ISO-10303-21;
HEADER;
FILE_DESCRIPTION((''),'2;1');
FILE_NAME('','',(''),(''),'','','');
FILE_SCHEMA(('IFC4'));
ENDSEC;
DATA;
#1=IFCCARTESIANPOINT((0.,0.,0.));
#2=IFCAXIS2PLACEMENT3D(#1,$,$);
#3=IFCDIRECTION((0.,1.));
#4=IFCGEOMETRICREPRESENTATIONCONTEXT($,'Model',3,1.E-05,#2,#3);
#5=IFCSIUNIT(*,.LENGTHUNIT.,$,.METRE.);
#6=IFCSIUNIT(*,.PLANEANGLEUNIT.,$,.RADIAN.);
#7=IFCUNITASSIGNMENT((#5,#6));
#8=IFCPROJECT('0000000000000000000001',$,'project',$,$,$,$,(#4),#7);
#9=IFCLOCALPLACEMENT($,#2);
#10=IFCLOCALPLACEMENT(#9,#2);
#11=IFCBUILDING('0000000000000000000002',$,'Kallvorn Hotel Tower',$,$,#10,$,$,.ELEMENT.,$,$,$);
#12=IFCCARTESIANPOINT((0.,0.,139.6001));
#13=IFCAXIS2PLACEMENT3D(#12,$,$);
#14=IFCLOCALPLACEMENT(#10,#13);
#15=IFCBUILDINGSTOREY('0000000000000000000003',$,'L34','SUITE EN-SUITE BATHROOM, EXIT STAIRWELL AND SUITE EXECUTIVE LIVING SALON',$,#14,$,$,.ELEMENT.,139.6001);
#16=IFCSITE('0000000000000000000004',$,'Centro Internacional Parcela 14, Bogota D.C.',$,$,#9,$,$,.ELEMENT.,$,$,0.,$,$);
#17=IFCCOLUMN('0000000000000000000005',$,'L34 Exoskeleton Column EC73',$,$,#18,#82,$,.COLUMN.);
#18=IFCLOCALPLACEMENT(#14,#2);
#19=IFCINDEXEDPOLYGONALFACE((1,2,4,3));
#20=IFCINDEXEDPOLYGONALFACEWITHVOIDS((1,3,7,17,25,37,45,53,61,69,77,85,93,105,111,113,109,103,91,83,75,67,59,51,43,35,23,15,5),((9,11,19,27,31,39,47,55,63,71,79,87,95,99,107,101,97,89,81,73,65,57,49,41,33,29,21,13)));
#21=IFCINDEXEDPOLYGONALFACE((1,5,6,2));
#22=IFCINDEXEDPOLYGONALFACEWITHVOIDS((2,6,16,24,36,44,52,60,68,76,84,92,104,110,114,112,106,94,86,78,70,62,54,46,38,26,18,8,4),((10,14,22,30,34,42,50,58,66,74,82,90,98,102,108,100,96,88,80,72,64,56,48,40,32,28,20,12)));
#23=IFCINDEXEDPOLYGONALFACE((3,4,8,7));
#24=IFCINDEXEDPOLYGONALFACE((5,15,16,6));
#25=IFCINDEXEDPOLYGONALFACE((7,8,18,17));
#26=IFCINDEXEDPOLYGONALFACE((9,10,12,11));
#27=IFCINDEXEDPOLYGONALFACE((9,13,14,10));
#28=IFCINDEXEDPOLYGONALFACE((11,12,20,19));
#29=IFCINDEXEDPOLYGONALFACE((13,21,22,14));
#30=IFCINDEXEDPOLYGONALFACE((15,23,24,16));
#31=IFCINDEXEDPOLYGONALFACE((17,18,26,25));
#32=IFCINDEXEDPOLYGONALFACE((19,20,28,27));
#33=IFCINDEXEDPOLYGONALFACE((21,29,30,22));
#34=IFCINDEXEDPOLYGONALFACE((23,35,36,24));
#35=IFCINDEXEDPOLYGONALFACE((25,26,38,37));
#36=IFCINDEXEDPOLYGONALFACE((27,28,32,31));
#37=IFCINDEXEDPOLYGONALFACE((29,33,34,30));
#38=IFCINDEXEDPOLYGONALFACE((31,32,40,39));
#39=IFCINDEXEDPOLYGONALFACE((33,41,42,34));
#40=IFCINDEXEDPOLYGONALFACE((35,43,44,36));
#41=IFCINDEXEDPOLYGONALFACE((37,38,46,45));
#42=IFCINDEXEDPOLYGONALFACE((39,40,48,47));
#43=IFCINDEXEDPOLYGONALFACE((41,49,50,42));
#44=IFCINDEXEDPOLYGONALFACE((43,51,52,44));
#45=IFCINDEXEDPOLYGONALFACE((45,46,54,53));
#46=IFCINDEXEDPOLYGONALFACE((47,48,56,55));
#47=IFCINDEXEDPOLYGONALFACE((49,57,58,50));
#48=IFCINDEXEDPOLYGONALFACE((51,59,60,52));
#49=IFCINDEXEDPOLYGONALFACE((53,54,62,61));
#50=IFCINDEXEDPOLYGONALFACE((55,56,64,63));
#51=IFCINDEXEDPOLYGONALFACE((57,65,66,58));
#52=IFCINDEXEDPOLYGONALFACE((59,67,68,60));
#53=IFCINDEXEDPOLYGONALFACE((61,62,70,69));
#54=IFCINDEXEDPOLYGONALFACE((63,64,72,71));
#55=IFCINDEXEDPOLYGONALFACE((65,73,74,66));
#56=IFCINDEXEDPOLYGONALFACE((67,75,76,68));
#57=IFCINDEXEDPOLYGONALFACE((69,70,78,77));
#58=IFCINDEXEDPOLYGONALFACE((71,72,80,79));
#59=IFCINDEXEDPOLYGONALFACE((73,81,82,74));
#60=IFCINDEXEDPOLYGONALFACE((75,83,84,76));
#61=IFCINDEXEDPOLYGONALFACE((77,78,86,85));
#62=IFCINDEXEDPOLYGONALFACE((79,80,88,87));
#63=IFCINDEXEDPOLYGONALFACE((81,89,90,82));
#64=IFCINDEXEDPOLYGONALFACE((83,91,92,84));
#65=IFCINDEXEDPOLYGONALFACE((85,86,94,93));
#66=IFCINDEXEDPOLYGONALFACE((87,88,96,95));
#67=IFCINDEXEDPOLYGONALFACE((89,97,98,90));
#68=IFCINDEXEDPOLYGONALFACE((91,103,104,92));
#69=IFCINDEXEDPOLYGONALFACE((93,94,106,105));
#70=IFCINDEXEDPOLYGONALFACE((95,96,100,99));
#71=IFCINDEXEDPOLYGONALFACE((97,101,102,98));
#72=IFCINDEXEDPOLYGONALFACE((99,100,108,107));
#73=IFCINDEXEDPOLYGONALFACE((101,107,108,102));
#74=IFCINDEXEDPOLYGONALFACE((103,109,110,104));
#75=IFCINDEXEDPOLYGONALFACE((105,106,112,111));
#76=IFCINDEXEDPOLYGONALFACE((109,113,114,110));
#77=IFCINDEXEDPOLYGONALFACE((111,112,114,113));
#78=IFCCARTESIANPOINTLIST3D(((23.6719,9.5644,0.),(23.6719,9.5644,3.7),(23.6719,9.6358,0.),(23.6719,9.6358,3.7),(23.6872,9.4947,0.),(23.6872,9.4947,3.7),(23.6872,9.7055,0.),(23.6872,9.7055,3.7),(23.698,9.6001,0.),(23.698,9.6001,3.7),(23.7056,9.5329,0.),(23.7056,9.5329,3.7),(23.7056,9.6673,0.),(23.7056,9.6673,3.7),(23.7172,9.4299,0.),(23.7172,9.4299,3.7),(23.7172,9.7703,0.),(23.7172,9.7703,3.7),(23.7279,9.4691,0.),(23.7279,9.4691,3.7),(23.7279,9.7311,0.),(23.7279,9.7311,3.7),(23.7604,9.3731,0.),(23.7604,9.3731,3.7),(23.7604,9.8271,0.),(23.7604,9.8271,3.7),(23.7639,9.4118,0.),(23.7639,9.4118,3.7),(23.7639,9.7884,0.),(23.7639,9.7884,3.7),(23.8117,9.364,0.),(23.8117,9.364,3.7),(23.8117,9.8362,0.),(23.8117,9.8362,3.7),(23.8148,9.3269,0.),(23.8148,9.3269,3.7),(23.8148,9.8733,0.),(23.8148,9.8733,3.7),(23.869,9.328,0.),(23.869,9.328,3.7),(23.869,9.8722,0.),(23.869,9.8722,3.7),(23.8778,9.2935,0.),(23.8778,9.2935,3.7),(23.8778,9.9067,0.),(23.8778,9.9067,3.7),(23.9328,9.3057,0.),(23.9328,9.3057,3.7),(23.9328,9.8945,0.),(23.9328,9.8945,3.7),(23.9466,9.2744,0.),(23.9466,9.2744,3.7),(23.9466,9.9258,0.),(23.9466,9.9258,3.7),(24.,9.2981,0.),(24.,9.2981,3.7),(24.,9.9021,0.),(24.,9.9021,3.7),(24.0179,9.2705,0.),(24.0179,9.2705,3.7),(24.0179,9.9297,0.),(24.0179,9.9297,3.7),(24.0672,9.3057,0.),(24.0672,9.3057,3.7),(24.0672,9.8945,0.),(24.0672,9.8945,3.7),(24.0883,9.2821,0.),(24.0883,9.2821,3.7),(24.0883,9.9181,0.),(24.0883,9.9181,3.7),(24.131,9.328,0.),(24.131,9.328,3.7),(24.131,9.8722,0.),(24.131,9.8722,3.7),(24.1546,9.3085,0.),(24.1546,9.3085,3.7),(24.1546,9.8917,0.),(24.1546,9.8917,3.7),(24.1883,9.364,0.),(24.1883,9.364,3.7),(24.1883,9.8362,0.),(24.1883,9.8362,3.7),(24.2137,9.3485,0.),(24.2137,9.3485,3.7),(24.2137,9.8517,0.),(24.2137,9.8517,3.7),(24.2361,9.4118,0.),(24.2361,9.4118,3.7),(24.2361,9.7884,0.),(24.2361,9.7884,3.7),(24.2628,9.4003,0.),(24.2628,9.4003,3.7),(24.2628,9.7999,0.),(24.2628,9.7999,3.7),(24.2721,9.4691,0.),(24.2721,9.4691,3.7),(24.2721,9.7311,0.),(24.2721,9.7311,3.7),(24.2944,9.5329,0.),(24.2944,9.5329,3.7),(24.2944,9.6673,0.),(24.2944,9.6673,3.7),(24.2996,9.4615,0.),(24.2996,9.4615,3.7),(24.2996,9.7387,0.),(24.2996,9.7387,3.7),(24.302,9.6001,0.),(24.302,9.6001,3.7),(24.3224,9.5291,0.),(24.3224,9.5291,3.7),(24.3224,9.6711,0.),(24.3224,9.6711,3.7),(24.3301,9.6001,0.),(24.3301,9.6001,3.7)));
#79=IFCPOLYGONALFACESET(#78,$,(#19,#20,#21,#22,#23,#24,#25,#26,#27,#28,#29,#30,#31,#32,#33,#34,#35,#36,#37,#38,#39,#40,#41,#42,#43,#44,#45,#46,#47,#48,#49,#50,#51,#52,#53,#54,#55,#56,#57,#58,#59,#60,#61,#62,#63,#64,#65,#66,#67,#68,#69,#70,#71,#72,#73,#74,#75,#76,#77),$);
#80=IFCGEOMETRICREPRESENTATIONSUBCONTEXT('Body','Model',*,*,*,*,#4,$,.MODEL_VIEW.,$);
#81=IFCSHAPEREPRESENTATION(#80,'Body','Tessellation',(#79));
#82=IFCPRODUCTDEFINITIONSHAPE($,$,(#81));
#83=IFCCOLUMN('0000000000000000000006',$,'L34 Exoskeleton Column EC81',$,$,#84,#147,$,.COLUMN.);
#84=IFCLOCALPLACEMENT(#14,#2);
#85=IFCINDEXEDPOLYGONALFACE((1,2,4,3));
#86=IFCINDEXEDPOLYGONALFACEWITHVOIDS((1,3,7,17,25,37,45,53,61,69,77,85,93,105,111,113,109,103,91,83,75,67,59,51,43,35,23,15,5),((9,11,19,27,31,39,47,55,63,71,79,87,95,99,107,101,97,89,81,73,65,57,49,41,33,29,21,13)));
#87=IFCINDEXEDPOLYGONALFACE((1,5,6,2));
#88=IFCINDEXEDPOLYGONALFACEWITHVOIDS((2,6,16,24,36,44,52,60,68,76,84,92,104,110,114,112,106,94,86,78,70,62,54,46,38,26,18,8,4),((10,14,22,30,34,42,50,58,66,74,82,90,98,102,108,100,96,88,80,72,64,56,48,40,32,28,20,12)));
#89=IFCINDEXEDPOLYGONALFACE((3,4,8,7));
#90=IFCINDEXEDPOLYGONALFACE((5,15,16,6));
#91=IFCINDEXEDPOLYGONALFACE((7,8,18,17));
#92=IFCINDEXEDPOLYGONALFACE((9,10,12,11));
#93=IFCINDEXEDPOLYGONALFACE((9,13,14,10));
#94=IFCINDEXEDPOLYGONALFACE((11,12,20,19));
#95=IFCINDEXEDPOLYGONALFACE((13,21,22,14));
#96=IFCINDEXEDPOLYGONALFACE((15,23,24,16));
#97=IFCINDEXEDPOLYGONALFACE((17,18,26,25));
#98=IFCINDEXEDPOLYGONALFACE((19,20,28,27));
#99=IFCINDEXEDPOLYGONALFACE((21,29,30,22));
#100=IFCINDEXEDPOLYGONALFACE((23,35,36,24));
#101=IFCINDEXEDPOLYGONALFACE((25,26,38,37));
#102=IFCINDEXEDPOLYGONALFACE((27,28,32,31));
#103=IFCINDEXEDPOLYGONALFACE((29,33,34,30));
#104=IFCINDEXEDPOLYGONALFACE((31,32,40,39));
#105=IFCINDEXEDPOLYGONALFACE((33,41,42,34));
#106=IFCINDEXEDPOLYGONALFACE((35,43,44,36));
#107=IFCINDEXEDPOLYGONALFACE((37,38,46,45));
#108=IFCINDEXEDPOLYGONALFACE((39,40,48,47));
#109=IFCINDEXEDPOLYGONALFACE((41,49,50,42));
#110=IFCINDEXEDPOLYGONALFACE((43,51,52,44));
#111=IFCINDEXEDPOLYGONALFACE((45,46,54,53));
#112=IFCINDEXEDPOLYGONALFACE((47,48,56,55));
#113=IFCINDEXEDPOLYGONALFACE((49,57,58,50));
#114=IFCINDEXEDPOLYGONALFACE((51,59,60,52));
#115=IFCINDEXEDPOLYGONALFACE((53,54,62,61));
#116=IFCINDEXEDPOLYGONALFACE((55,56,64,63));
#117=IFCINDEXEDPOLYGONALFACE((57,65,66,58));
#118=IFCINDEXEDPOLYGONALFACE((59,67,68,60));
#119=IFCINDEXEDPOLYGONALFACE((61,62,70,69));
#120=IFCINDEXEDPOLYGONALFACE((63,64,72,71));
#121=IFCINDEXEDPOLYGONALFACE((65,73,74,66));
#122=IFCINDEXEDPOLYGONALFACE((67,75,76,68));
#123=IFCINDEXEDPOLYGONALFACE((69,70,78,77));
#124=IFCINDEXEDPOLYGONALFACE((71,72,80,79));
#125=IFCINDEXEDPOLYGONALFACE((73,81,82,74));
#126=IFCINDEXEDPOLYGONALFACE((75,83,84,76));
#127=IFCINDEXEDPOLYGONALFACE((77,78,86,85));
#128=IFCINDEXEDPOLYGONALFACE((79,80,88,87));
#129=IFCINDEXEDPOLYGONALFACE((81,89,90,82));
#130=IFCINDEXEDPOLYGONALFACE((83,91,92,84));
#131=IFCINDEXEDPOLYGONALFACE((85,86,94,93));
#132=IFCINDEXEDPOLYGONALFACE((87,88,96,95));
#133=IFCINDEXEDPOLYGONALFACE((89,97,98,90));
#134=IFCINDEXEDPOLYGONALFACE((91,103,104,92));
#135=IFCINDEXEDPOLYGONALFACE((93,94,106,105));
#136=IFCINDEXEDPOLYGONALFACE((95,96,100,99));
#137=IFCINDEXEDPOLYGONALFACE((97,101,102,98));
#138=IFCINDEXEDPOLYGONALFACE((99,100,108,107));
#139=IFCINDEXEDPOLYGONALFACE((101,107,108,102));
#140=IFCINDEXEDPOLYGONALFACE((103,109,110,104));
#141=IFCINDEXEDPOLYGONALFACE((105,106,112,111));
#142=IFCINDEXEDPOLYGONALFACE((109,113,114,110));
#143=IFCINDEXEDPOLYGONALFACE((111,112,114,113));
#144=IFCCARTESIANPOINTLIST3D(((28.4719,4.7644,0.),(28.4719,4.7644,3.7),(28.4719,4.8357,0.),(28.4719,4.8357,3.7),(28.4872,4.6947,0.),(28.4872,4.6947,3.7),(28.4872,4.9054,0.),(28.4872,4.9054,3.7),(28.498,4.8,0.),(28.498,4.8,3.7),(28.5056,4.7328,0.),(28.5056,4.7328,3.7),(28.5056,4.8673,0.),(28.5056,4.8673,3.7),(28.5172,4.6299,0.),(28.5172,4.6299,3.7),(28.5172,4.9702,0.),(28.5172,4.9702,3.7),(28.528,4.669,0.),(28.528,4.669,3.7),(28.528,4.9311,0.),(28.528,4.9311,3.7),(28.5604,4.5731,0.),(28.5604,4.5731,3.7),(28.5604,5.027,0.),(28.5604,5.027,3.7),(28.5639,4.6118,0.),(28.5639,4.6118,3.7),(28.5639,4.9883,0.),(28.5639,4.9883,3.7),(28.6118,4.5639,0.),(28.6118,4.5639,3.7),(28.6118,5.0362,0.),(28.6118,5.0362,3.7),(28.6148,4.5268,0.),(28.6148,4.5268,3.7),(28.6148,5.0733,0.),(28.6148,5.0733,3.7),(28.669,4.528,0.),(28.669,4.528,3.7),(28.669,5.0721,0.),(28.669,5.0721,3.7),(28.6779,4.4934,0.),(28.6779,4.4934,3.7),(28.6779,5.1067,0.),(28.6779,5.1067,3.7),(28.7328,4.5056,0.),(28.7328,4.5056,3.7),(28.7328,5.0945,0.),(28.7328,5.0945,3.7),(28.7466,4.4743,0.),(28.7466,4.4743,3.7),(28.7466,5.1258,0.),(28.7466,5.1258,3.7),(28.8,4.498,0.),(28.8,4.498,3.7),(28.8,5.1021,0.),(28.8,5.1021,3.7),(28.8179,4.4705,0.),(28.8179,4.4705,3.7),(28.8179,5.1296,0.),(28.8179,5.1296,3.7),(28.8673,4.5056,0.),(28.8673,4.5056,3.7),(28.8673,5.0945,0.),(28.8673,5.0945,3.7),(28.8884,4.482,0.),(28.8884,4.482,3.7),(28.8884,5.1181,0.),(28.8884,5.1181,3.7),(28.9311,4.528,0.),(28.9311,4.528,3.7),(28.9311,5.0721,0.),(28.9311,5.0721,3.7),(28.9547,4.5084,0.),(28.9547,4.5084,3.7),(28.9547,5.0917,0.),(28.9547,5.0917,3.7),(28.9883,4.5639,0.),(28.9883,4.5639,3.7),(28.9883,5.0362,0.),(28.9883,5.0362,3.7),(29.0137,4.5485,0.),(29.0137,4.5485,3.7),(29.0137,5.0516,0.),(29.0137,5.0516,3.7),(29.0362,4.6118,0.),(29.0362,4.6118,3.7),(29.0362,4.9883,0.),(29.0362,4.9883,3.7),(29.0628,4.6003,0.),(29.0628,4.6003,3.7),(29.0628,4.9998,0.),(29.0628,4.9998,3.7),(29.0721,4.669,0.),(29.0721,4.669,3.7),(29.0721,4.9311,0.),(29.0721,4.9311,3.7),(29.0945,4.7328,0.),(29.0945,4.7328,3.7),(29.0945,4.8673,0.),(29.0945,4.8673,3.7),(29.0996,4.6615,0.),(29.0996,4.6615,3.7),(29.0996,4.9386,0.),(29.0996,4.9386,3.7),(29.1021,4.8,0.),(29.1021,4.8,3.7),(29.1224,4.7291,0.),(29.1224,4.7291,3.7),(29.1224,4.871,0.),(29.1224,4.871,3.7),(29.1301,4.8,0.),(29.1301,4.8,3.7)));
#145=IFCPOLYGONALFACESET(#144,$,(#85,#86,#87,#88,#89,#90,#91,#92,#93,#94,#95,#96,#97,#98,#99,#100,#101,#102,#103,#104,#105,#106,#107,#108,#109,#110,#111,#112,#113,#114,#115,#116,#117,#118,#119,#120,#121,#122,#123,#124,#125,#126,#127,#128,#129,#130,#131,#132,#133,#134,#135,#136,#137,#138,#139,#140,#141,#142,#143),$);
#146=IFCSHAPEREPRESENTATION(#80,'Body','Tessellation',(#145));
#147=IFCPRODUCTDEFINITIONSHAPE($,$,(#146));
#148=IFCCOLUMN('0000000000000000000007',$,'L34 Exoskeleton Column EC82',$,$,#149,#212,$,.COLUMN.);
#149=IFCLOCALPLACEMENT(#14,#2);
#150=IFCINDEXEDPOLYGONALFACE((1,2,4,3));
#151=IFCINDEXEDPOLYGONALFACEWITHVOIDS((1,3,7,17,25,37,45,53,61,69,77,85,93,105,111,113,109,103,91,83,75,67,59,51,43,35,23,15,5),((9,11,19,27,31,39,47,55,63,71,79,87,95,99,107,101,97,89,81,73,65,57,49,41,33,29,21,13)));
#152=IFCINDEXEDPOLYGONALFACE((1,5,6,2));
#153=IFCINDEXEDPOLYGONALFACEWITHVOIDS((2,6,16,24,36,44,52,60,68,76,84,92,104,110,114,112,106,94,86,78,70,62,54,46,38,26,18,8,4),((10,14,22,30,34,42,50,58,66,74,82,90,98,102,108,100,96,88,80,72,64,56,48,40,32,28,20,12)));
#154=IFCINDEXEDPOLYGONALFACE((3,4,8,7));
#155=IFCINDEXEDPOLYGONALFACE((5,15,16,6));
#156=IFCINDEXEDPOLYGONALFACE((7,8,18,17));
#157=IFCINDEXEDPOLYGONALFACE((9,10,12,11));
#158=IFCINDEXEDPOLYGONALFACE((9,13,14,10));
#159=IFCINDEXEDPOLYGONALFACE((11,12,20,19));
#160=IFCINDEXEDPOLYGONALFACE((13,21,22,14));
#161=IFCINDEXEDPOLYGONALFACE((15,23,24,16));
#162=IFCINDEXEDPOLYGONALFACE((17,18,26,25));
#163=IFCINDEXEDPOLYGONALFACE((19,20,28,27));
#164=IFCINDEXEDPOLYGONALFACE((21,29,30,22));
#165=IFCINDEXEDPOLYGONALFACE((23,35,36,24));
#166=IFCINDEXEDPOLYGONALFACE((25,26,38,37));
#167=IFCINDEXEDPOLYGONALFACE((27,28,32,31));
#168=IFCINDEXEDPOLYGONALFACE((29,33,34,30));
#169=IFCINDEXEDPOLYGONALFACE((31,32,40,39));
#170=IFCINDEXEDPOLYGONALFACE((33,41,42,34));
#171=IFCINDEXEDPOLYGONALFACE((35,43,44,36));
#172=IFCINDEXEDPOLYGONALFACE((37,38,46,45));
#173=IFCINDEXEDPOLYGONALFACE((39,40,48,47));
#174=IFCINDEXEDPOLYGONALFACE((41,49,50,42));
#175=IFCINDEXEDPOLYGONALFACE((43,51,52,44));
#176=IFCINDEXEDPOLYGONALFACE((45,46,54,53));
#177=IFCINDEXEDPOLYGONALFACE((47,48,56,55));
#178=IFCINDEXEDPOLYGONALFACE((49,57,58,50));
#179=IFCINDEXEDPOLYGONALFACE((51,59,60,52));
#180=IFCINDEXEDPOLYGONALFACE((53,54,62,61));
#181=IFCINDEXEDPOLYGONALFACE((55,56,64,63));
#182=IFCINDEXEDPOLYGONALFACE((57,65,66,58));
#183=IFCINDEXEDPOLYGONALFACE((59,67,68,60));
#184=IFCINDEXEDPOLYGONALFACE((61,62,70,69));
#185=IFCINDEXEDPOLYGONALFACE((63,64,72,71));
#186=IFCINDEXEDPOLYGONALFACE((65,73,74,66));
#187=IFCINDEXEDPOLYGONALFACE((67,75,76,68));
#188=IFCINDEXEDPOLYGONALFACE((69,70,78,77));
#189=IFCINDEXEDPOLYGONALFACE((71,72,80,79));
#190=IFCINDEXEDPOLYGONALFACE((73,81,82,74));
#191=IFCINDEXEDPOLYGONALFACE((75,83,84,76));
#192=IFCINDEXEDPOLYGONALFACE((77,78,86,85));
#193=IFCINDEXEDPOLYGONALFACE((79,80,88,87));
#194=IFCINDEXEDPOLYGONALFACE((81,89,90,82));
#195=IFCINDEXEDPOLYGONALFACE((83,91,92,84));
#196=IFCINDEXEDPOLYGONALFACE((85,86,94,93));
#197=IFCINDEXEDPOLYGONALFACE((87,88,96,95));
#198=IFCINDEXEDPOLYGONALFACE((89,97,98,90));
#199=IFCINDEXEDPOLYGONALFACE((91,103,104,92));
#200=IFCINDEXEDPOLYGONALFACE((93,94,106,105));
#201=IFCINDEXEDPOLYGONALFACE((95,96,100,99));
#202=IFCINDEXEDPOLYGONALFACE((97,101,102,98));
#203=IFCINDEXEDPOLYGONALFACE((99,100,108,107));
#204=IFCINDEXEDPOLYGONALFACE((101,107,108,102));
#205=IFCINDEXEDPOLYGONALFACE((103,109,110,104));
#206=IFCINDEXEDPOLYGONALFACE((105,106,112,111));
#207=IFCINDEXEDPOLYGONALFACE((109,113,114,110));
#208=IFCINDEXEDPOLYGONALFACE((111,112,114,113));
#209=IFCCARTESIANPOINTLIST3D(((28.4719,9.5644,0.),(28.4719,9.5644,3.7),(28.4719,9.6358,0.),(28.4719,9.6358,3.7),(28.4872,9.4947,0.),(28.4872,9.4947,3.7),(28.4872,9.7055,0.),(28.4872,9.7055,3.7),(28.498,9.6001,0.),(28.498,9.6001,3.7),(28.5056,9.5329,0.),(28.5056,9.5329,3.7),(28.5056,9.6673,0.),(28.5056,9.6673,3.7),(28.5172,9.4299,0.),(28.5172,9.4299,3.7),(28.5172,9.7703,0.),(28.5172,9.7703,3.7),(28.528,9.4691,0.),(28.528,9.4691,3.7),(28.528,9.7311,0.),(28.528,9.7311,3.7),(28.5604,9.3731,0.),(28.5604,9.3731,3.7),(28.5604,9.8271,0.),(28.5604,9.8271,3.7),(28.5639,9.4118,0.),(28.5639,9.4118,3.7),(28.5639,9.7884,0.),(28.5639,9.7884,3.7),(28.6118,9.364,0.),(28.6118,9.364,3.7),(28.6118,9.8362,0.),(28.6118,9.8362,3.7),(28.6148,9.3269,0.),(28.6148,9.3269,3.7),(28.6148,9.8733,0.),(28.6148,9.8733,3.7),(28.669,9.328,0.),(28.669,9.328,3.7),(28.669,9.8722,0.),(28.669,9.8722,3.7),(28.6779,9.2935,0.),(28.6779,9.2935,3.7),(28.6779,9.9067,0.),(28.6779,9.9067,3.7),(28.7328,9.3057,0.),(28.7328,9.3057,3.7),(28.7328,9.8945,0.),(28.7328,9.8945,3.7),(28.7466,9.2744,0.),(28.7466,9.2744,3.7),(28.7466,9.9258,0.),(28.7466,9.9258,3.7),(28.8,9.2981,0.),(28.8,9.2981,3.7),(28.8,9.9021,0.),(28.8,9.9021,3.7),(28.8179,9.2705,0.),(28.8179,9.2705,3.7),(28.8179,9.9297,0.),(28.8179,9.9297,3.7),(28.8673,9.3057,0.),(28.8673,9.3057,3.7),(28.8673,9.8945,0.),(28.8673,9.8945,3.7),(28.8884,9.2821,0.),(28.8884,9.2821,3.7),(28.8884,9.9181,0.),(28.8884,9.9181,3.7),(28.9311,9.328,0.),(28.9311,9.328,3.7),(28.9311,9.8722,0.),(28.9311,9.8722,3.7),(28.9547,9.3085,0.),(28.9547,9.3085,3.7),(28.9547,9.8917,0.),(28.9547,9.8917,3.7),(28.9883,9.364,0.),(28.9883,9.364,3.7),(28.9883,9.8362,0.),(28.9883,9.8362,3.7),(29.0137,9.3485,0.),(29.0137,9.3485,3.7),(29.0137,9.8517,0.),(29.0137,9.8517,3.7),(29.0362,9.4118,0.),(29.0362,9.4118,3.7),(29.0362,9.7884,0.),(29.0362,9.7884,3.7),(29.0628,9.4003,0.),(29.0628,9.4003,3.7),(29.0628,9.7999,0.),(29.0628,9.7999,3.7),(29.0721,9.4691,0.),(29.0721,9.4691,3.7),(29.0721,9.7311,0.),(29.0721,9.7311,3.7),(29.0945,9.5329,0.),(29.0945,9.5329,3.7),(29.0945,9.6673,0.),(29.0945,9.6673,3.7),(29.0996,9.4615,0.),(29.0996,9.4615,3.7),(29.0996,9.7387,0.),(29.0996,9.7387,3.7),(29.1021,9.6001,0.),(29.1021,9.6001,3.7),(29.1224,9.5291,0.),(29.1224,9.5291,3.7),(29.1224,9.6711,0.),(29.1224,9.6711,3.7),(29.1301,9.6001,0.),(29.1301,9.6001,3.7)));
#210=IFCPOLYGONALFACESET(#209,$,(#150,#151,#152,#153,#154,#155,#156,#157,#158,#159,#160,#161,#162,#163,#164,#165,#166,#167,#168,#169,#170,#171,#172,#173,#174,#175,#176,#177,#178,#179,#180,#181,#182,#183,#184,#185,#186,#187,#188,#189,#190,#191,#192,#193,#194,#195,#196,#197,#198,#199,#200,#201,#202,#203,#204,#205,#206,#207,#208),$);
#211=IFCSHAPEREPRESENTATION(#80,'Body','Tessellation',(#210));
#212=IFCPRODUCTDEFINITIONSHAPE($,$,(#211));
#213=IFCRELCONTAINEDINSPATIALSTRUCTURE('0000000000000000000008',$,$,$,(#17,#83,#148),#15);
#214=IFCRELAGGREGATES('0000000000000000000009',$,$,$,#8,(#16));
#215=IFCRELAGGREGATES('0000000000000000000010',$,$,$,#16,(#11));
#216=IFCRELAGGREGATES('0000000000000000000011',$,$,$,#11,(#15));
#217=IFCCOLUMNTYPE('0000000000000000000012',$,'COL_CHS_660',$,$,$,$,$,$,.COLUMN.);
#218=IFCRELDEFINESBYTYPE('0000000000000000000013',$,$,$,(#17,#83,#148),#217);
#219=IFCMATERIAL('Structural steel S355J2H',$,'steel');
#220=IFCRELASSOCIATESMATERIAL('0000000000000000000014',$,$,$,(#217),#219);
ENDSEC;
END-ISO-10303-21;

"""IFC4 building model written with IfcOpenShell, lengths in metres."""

from ifc_helpers import new_model, si_unit, direction, frame, origin, origin_2d, place, context, subcontext, project, spatial, hollow_circle, extrude, material, material_profile, profile_set, type_object, element, save


model = new_model("IFC4")

# Units and contexts
model_context = context("Model", 3, precision=1e-05, world=origin(), true_north=direction((0.0, 1.0)))
body_context = subcontext(model_context, "Body", "Model", "MODEL_VIEW")
ifc_project = project(units=[si_unit("LENGTHUNIT", "METRE"), si_unit("PLANEANGLEUNIT", "RADIAN")], contexts=[model_context])

# Site, building, storey
site_placement = place(None, origin())
site = spatial("IfcSite", under=ifc_project, at=site_placement, Name="Centro Internacional Parcela 14, Bogota D.C.", CompositionType="ELEMENT", RefElevation=0.0)
building_placement = place(site_placement, origin())
building = spatial("IfcBuilding", under=site, at=building_placement, Name="Kallvorn Hotel Tower", CompositionType="ELEMENT")
storey_placement = place(building_placement, frame((0.0, 0.0, 139.6001)))
storey = spatial("IfcBuildingStorey", under=building, at=storey_placement, Name="L34", Description="SUITE EN-SUITE BATHROOM, EXIT STAIRWELL AND SUITE EXECUTIVE LIVING SALON", CompositionType="ELEMENT", Elevation=139.6001)

# Columns
ifc_material_1 = material(Name="Structural steel S355J2H", Category="steel")
ifc_material_profile_1 = material_profile(ifc_material_1, hollow_circle(Radius=0.3301, WallThickness=0.0281, at=origin_2d()), Name="CHS 660x28")
ifc_profile_set_1 = profile_set([ifc_material_profile_1], Name="Structural steel S355J2H")
column_type_1 = type_object("IfcColumnType", Name="COL_CHS_660", PredefinedType="COLUMN", material=ifc_profile_set_1)
for number, where, z_axis, x_axis, name in (
    (1, (24.0, 9.6001, 0.0), (0.0, 0.0, 1.0), (1.0, 0.0, 0.0), "L34 Exoskeleton Column EC73"),
    (2, (28.8, 4.8, 0.0), (0.0, 0.0, 1.0), (1.0, 0.0, 0.0), "L34 Exoskeleton Column EC81"),
    (3, (28.8, 9.6001, 0.0), (0.0, 0.0, 1.0), (1.0, 0.0, 0.0), "L34 Exoskeleton Column EC82"),
):
    element("IfcColumn", number, at=place(storey_placement, frame(where, z_axis=z_axis, x_axis=x_axis)), inside=storey, type_object=column_type_1, Name=name, PredefinedType="COLUMN", context=body_context, shape_type="SweptSolid", body=[
        extrude(hollow_circle(Radius=0.3301, WallThickness=0.0281, at=origin_2d()), origin(), (0.0, 0.0, 1.0), 3.7),
    ])

save(model, "model.ifc")
